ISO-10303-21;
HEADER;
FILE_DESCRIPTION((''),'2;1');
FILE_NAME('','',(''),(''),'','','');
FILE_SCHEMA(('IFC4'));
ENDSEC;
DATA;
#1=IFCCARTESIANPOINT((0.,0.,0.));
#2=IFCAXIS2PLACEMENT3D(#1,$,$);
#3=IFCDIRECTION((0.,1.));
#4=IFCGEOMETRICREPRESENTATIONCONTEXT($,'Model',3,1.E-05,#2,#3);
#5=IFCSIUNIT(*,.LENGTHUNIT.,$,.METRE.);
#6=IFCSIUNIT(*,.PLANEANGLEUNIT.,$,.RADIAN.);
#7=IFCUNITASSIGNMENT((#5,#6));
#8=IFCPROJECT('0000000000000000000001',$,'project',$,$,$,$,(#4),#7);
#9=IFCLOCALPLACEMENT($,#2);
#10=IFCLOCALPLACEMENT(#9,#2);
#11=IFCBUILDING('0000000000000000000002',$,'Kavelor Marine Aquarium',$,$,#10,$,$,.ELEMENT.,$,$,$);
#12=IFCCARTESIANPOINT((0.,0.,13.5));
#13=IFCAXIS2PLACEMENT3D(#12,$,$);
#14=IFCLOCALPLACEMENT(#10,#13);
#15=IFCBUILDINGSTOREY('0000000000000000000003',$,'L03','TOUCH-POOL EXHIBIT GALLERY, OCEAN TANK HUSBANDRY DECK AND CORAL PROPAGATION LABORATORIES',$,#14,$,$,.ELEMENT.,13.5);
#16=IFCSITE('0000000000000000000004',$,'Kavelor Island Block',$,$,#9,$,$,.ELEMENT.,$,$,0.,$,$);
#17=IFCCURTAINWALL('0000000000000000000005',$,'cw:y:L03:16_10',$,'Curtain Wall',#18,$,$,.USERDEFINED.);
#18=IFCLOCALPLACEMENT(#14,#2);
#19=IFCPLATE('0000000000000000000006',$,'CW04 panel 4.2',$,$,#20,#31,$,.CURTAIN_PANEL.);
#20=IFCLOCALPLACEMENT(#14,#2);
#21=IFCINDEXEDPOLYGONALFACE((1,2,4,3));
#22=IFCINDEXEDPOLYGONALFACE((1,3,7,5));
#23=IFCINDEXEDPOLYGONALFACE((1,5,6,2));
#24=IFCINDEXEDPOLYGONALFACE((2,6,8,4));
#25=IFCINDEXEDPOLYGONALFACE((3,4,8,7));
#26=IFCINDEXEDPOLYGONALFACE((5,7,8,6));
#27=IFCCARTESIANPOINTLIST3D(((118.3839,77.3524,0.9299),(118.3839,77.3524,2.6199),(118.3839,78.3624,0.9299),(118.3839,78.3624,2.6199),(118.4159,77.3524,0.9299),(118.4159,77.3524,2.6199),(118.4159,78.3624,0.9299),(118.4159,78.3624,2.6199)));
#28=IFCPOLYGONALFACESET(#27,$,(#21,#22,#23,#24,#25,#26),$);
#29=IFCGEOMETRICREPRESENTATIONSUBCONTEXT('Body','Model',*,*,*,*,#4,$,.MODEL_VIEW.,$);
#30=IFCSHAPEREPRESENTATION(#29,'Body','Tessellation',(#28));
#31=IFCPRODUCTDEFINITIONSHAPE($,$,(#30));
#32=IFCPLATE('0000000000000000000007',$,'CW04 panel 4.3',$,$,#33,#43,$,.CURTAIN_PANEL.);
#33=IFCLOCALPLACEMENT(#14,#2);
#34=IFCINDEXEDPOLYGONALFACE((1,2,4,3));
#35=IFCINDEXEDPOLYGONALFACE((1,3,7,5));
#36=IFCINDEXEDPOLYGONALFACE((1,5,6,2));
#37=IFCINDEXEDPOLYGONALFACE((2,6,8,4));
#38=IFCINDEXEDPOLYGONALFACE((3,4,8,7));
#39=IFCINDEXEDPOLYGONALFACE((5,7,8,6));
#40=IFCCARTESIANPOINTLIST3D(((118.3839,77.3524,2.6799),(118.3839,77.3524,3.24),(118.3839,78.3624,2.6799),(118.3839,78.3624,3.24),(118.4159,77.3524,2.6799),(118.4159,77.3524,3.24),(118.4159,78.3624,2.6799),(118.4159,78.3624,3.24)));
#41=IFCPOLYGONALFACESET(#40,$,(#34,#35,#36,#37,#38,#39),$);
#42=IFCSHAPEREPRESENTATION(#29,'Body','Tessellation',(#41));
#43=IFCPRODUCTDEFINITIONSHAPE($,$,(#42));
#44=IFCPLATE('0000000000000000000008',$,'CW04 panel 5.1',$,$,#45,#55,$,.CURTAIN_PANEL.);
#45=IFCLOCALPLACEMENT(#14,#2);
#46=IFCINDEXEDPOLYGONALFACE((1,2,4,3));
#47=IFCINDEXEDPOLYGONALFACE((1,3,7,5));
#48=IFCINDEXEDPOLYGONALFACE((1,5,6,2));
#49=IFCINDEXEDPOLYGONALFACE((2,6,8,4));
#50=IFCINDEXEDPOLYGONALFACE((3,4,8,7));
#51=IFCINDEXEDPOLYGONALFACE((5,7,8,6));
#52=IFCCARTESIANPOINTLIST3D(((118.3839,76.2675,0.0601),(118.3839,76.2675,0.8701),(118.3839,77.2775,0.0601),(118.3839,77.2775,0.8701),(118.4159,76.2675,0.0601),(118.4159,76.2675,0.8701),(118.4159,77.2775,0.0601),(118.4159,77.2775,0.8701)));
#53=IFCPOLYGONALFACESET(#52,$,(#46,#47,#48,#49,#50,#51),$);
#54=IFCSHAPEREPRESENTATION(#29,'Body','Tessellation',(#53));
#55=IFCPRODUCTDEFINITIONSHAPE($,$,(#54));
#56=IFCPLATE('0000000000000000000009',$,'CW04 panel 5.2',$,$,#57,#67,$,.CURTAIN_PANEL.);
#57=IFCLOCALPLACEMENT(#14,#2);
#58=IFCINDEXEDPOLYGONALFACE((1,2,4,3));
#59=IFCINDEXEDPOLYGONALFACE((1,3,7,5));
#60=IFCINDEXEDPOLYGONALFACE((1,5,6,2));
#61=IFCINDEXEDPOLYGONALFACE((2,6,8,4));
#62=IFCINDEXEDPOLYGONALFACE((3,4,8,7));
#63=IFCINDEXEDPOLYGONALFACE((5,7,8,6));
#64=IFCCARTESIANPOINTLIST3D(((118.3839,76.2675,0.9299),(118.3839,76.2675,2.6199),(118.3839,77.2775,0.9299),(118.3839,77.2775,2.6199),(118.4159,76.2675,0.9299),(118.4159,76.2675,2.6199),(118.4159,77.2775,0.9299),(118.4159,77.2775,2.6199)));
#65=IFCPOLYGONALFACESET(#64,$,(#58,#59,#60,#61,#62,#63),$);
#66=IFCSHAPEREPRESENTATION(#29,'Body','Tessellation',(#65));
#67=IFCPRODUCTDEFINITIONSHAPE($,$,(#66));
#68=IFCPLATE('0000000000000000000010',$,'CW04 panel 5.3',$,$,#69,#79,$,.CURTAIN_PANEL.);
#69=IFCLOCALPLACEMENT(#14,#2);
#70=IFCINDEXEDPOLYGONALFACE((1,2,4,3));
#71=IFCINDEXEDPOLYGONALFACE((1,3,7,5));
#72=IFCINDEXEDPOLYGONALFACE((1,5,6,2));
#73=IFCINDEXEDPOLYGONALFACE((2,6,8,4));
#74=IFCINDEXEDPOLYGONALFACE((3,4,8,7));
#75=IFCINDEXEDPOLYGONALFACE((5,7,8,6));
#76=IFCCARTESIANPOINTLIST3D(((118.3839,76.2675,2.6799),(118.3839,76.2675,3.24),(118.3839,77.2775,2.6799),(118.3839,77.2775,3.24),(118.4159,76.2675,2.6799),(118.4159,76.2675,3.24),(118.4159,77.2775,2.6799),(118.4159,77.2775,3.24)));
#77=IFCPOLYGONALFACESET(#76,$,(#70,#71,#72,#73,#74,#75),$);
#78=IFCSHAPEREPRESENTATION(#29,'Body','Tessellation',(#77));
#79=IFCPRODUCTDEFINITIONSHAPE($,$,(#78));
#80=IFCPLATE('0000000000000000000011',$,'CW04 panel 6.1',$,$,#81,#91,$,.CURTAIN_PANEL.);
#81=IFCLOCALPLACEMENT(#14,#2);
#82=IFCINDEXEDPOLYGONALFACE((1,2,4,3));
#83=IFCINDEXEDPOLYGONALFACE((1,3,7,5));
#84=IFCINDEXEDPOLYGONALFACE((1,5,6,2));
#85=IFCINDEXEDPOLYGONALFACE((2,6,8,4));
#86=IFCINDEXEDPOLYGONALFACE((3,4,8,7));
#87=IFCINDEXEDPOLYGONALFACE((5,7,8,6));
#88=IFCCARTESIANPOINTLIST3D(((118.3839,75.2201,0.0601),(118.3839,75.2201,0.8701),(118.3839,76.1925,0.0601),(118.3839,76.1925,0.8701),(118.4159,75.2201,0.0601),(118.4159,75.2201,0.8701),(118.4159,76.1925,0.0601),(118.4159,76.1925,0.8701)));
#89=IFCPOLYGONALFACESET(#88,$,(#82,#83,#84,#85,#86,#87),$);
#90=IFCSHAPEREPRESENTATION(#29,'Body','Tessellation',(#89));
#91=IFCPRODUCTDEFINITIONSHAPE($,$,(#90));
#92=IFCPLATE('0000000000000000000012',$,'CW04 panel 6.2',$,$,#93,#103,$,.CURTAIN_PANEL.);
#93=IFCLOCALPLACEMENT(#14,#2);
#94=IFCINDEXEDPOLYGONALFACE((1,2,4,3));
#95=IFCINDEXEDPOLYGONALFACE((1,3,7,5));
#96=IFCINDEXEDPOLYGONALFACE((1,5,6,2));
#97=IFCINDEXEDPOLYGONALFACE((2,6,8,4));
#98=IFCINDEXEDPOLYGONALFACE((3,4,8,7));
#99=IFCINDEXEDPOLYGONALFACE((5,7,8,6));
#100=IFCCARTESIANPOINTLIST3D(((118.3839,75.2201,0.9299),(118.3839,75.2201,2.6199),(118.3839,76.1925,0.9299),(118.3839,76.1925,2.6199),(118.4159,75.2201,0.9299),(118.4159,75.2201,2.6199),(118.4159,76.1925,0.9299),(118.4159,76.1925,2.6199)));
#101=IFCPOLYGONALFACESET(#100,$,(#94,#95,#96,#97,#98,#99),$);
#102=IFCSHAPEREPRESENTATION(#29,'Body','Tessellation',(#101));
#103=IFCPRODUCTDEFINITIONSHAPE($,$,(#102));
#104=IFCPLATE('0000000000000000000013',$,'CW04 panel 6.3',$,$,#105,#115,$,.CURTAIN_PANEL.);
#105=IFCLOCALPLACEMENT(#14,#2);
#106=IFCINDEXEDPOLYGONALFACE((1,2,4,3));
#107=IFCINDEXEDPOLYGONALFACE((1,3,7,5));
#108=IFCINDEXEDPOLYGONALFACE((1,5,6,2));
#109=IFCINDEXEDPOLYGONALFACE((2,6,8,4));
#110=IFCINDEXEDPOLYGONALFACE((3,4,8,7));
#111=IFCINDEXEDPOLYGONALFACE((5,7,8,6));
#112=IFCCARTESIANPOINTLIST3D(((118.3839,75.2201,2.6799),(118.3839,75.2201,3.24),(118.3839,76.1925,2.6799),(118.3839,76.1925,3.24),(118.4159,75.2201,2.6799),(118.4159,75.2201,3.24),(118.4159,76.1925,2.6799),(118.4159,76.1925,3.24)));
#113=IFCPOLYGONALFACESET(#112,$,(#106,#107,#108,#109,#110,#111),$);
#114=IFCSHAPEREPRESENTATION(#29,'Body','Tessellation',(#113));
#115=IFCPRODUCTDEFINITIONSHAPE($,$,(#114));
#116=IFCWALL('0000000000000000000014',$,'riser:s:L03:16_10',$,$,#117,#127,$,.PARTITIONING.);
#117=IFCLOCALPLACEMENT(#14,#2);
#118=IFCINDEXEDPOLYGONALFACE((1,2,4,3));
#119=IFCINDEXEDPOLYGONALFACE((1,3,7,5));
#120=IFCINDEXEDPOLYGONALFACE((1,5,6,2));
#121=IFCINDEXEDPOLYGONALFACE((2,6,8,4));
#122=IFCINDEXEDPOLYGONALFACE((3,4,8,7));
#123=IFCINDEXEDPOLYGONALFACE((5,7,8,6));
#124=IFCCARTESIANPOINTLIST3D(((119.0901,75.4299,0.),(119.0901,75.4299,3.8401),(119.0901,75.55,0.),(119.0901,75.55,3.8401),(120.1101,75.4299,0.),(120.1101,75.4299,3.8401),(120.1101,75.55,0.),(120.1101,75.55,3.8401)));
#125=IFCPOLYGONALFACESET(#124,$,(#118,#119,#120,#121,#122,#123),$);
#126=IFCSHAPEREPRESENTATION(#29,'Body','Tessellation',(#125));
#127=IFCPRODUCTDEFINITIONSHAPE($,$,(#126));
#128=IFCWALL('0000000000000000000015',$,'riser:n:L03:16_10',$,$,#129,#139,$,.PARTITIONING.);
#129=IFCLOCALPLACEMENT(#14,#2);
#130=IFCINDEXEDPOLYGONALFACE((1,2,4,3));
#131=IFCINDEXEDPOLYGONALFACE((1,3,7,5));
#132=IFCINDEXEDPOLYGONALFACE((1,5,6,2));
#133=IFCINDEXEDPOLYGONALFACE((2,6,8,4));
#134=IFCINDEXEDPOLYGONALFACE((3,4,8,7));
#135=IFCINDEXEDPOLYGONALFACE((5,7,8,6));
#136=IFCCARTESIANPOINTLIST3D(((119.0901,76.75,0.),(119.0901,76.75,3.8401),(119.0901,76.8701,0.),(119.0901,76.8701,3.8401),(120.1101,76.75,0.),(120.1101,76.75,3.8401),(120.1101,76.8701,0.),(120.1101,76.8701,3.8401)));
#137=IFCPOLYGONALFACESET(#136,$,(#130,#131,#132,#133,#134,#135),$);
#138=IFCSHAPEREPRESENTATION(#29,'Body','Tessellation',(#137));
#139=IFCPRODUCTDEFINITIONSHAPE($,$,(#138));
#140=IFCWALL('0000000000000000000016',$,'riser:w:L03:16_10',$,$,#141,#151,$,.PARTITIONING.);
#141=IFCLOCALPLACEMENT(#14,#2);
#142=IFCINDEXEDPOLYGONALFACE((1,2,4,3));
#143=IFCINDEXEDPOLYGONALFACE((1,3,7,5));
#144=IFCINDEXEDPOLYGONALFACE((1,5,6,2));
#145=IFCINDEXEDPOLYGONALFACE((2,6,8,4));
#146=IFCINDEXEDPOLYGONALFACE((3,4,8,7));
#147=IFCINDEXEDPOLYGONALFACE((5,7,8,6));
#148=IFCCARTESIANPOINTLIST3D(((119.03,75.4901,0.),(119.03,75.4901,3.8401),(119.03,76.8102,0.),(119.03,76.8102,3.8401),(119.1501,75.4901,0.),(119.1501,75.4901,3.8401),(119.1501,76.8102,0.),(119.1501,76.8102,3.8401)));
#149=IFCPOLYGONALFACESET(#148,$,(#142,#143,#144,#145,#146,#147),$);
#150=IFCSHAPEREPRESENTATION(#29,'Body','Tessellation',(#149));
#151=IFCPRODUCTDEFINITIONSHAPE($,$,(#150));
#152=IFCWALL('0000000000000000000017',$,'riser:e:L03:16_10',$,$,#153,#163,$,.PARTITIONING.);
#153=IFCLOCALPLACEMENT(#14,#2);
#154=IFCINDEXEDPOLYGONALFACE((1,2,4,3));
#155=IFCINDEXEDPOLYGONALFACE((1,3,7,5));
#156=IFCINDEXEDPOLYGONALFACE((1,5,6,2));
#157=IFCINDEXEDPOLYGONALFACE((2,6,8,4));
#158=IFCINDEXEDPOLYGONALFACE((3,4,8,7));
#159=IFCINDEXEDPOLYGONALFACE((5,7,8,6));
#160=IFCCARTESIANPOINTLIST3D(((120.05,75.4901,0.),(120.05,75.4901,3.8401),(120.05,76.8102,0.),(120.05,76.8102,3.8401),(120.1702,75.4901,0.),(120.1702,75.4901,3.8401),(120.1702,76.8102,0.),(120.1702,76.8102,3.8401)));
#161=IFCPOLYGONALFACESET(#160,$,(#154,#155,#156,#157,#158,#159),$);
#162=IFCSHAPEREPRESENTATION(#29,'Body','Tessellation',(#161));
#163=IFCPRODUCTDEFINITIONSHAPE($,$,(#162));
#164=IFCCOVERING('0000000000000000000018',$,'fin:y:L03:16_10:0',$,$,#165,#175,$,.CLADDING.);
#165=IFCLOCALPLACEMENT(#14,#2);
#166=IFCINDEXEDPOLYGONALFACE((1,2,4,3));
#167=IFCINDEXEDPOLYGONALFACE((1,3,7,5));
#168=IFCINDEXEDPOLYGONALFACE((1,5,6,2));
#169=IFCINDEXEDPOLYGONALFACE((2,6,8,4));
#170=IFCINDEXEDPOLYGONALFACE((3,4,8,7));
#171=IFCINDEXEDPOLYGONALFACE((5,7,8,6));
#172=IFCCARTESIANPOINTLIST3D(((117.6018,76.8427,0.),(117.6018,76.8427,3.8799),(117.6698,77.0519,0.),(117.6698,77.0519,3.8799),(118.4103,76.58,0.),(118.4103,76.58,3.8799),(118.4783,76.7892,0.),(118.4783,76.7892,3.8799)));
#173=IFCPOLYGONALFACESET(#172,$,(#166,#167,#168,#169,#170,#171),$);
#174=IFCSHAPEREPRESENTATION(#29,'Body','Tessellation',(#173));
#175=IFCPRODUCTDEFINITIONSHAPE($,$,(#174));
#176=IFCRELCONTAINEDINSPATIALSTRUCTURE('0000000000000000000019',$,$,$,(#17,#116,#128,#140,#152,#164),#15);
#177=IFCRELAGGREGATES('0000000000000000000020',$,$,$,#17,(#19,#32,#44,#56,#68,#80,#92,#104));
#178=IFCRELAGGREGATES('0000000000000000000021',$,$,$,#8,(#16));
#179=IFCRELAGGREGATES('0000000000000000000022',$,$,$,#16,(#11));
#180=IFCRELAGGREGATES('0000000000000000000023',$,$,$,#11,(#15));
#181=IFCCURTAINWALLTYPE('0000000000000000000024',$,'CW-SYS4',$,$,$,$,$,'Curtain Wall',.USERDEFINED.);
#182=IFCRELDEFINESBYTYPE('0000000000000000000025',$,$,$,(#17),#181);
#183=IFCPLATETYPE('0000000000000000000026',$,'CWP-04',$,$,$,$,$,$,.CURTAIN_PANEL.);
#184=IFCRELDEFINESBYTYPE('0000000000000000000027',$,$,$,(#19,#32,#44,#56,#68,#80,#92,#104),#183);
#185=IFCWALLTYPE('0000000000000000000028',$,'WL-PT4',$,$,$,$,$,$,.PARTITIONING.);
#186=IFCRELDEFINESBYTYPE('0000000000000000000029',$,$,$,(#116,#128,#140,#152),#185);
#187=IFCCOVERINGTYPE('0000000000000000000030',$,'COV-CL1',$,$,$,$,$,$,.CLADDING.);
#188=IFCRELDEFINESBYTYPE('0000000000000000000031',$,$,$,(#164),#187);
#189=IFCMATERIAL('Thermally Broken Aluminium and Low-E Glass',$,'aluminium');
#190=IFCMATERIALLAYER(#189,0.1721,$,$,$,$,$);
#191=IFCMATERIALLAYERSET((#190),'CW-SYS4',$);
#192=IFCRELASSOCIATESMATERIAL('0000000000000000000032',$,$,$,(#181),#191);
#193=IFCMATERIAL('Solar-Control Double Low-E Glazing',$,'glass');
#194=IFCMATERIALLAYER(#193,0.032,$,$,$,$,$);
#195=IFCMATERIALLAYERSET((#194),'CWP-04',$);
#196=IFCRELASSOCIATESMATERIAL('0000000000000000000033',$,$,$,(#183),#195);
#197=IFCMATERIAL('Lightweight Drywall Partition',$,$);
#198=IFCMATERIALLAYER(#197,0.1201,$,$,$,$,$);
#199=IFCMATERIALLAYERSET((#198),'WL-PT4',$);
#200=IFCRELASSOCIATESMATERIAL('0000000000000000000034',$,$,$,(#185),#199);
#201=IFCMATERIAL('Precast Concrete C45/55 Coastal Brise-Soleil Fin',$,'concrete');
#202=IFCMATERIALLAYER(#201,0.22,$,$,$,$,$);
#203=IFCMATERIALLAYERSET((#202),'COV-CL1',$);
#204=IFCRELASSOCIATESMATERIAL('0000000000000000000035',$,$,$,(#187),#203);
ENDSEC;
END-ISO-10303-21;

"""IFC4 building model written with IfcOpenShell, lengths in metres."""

from ifc_helpers import new_model, si_unit, direction, frame, frame_2d, origin, origin_2d, place, context, subcontext, project, spatial, rectangle, extrude, material, layer, layer_set, type_object, element, aggregate, save


model = new_model("IFC4")

# Units and contexts
model_context = context("Model", 3, precision=1e-05, world=origin(), true_north=direction((0.0, 1.0)))
body_context = subcontext(model_context, "Body", "Model", "MODEL_VIEW")
ifc_project = project(units=[si_unit("LENGTHUNIT", "METRE"), si_unit("PLANEANGLEUNIT", "RADIAN")], contexts=[model_context])

# Site, building, storey
site_placement = place(None, origin())
site = spatial("IfcSite", under=ifc_project, at=site_placement, Name="Kavelor Island Block", CompositionType="ELEMENT", RefElevation=0.0)
building_placement = place(site_placement, origin())
building = spatial("IfcBuilding", under=site, at=building_placement, Name="Kavelor Marine Aquarium", CompositionType="ELEMENT")
storey_placement = place(building_placement, frame((0.0, 0.0, 13.5)))
storey = spatial("IfcBuildingStorey", under=building, at=storey_placement, Name="L03", Description="TOUCH-POOL EXHIBIT GALLERY, OCEAN TANK HUSBANDRY DECK AND CORAL PROPAGATION LABORATORIES", CompositionType="ELEMENT", Elevation=13.5)

# Curtain wall
ifc_material_1 = material(Name="Thermally Broken Aluminium and Low-E Glass", Category="aluminium")
ifc_layer_1 = layer(ifc_material_1, 0.1721)
ifc_layer_set_1 = layer_set([ifc_layer_1], Name="CW-SYS4")
curtain_wall_type_1 = type_object("IfcCurtainWallType", Name="CW-SYS4", ElementType="Curtain Wall", PredefinedType="USERDEFINED", material=ifc_layer_set_1)
curtain_wall_1_placement = place(storey_placement, origin())
curtain_wall_1 = element("IfcCurtainWall", 1, at=curtain_wall_1_placement, inside=storey, type_object=curtain_wall_type_1, Name="cw:y:L03:16_10", ObjectType="Curtain Wall", PredefinedType="USERDEFINED")

# Plates
ifc_material_2 = material(Name="Solar-Control Double Low-E Glazing", Category="glass")
ifc_layer_2 = layer(ifc_material_2, 0.032)
ifc_layer_set_2 = layer_set([ifc_layer_2], Name="CWP-04")
plate_type_1 = type_object("IfcPlateType", Name="CWP-04", PredefinedType="CURTAIN_PANEL", material=ifc_layer_set_2)
plate_1_placement = place(storey_placement, frame((118.3999, 77.8574, 0.9299), z_axis=(0.0, 0.0, 1.0), x_axis=(0.0, -1.0, 0.0)))
plate_1 = element("IfcPlate", 2, at=plate_1_placement, type_object=plate_type_1, Name="CW04 panel 4.2", PredefinedType="CURTAIN_PANEL", context=body_context, shape_type="SweptSolid", body=[
    extrude(rectangle(XDim=1.01, YDim=0.032, at=origin_2d()), origin(), (0.0, 0.0, 1.0), 1.6899),
])
plate_2_placement = place(storey_placement, frame((118.3999, 77.8574, 2.6799), z_axis=(0.0, 0.0, 1.0), x_axis=(0.0, -1.0, 0.0)))
plate_2 = element("IfcPlate", 3, at=plate_2_placement, type_object=plate_type_1, Name="CW04 panel 4.3", PredefinedType="CURTAIN_PANEL", context=body_context, shape_type="SweptSolid", body=[
    extrude(rectangle(XDim=1.01, YDim=0.032, at=origin_2d()), origin(), (0.0, 0.0, 1.0), 0.5601),
])
plate_3_placement = place(storey_placement, frame((118.3999, 76.7725, 0.0601), z_axis=(0.0, 0.0, 1.0), x_axis=(0.0, -1.0, 0.0)))
plate_3 = element("IfcPlate", 4, at=plate_3_placement, type_object=plate_type_1, Name="CW04 panel 5.1", PredefinedType="CURTAIN_PANEL", context=body_context, shape_type="SweptSolid", body=[
    extrude(rectangle(XDim=1.01, YDim=0.032, at=origin_2d()), origin(), (0.0, 0.0, 1.0), 0.8101),
])
plate_4_placement = place(storey_placement, frame((118.3999, 76.7725, 0.9299), z_axis=(0.0, 0.0, 1.0), x_axis=(0.0, -1.0, 0.0)))
plate_4 = element("IfcPlate", 5, at=plate_4_placement, type_object=plate_type_1, Name="CW04 panel 5.2", PredefinedType="CURTAIN_PANEL", context=body_context, shape_type="SweptSolid", body=[
    extrude(rectangle(XDim=1.01, YDim=0.032, at=origin_2d()), origin(), (0.0, 0.0, 1.0), 1.6899),
])
plate_5_placement = place(storey_placement, frame((118.3999, 76.7725, 2.6799), z_axis=(0.0, 0.0, 1.0), x_axis=(0.0, -1.0, 0.0)))
plate_5 = element("IfcPlate", 6, at=plate_5_placement, type_object=plate_type_1, Name="CW04 panel 5.3", PredefinedType="CURTAIN_PANEL", context=body_context, shape_type="SweptSolid", body=[
    extrude(rectangle(XDim=1.01, YDim=0.032, at=origin_2d()), origin(), (0.0, 0.0, 1.0), 0.5601),
])
plate_6_placement = place(storey_placement, frame((118.3999, 75.7063, 0.0601), z_axis=(0.0, 0.0, 1.0), x_axis=(0.0, -1.0, 0.0)))
plate_6 = element("IfcPlate", 7, at=plate_6_placement, type_object=plate_type_1, Name="CW04 panel 6.1", PredefinedType="CURTAIN_PANEL", context=body_context, shape_type="SweptSolid", body=[
    extrude(rectangle(XDim=0.9724, YDim=0.032, at=origin_2d()), origin(), (0.0, 0.0, 1.0), 0.8101),
])
plate_7_placement = place(storey_placement, frame((118.3999, 75.7063, 0.9299), z_axis=(0.0, 0.0, 1.0), x_axis=(0.0, -1.0, 0.0)))
plate_7 = element("IfcPlate", 8, at=plate_7_placement, type_object=plate_type_1, Name="CW04 panel 6.2", PredefinedType="CURTAIN_PANEL", context=body_context, shape_type="SweptSolid", body=[
    extrude(rectangle(XDim=0.9724, YDim=0.032, at=origin_2d()), origin(), (0.0, 0.0, 1.0), 1.6899),
])
plate_8_placement = place(storey_placement, frame((118.3999, 75.7063, 2.6799), z_axis=(0.0, 0.0, 1.0), x_axis=(0.0, -1.0, 0.0)))
plate_8 = element("IfcPlate", 9, at=plate_8_placement, type_object=plate_type_1, Name="CW04 panel 6.3", PredefinedType="CURTAIN_PANEL", context=body_context, shape_type="SweptSolid", body=[
    extrude(rectangle(XDim=0.9724, YDim=0.032, at=origin_2d()), origin(), (0.0, 0.0, 1.0), 0.5601),
])
aggregate(curtain_wall_1, [plate_1, plate_2, plate_3, plate_4, plate_5, plate_6, plate_7, plate_8])

# Walls
ifc_material_3 = material(Name="Lightweight Drywall Partition")
ifc_layer_3 = layer(ifc_material_3, 0.1201)
ifc_layer_set_3 = layer_set([ifc_layer_3], Name="WL-PT4")
wall_type = type_object("IfcWallType", Name="WL-PT4", PredefinedType="PARTITIONING", material=ifc_layer_set_3)
for number, where, z_axis, x_axis, name in (
    (10, (119.0901, 75.49, 0.0), (0.0, 0.0, 1.0), (1.0, 0.0, 0.0), "riser:s:L03:16_10"),
    (11, (119.0901, 76.8101, 0.0), (0.0, 0.0, 1.0), (1.0, 0.0, 0.0), "riser:n:L03:16_10"),
):
    element("IfcWall", number, at=place(storey_placement, frame(where, z_axis=z_axis, x_axis=x_axis)), inside=storey, type_object=wall_type, Name=name, PredefinedType="PARTITIONING", context=body_context, shape_type="SweptSolid", body=[
        extrude(rectangle(XDim=1.02, YDim=0.1201, at=frame_2d((0.51, 0.0))), origin(), (0.0, 0.0, 1.0), 3.8401),
    ])
for number, where, z_axis, x_axis, name in (
    (12, (119.0901, 75.49, 0.0), (0.0, 0.0, 1.0), (0.0, 1.0, 0.0), "riser:w:L03:16_10"),
    (13, (120.1101, 75.49, 0.0), (0.0, 0.0, 1.0), (0.0, 1.0, 0.0), "riser:e:L03:16_10"),
):
    element("IfcWall", number, at=place(storey_placement, frame(where, z_axis=z_axis, x_axis=x_axis)), inside=storey, type_object=wall_type, Name=name, PredefinedType="PARTITIONING", context=body_context, shape_type="SweptSolid", body=[
        extrude(rectangle(XDim=1.3201, YDim=0.1201, at=frame_2d((0.6602, 0.0))), origin(), (0.0, 0.0, 1.0), 3.8401),
    ])

# Covering
ifc_material_4 = material(Name="Precast Concrete C45/55 Coastal Brise-Soleil Fin", Category="concrete")
ifc_layer_4 = layer(ifc_material_4, 0.22)
ifc_layer_set_4 = layer_set([ifc_layer_4], Name="COV-CL1")
covering_type = type_object("IfcCoveringType", Name="COV-CL1", PredefinedType="CLADDING", material=ifc_layer_set_4)
covering_placement = place(storey_placement, frame((118.04, 76.8159, 0.0), z_axis=(0.0, 0.0, 1.0), x_axis=(0.951057, -0.309017, 0.0)))
element("IfcCovering", 14, at=covering_placement, inside=storey, type_object=covering_type, Name="fin:y:L03:16_10:0", PredefinedType="CLADDING", context=body_context, shape_type="SweptSolid", body=[
    extrude(rectangle(XDim=0.8501, YDim=0.22, at=origin_2d()), origin(), (0.0, 0.0, 1.0), 3.8799),
])

save(model, "model.ifc")
